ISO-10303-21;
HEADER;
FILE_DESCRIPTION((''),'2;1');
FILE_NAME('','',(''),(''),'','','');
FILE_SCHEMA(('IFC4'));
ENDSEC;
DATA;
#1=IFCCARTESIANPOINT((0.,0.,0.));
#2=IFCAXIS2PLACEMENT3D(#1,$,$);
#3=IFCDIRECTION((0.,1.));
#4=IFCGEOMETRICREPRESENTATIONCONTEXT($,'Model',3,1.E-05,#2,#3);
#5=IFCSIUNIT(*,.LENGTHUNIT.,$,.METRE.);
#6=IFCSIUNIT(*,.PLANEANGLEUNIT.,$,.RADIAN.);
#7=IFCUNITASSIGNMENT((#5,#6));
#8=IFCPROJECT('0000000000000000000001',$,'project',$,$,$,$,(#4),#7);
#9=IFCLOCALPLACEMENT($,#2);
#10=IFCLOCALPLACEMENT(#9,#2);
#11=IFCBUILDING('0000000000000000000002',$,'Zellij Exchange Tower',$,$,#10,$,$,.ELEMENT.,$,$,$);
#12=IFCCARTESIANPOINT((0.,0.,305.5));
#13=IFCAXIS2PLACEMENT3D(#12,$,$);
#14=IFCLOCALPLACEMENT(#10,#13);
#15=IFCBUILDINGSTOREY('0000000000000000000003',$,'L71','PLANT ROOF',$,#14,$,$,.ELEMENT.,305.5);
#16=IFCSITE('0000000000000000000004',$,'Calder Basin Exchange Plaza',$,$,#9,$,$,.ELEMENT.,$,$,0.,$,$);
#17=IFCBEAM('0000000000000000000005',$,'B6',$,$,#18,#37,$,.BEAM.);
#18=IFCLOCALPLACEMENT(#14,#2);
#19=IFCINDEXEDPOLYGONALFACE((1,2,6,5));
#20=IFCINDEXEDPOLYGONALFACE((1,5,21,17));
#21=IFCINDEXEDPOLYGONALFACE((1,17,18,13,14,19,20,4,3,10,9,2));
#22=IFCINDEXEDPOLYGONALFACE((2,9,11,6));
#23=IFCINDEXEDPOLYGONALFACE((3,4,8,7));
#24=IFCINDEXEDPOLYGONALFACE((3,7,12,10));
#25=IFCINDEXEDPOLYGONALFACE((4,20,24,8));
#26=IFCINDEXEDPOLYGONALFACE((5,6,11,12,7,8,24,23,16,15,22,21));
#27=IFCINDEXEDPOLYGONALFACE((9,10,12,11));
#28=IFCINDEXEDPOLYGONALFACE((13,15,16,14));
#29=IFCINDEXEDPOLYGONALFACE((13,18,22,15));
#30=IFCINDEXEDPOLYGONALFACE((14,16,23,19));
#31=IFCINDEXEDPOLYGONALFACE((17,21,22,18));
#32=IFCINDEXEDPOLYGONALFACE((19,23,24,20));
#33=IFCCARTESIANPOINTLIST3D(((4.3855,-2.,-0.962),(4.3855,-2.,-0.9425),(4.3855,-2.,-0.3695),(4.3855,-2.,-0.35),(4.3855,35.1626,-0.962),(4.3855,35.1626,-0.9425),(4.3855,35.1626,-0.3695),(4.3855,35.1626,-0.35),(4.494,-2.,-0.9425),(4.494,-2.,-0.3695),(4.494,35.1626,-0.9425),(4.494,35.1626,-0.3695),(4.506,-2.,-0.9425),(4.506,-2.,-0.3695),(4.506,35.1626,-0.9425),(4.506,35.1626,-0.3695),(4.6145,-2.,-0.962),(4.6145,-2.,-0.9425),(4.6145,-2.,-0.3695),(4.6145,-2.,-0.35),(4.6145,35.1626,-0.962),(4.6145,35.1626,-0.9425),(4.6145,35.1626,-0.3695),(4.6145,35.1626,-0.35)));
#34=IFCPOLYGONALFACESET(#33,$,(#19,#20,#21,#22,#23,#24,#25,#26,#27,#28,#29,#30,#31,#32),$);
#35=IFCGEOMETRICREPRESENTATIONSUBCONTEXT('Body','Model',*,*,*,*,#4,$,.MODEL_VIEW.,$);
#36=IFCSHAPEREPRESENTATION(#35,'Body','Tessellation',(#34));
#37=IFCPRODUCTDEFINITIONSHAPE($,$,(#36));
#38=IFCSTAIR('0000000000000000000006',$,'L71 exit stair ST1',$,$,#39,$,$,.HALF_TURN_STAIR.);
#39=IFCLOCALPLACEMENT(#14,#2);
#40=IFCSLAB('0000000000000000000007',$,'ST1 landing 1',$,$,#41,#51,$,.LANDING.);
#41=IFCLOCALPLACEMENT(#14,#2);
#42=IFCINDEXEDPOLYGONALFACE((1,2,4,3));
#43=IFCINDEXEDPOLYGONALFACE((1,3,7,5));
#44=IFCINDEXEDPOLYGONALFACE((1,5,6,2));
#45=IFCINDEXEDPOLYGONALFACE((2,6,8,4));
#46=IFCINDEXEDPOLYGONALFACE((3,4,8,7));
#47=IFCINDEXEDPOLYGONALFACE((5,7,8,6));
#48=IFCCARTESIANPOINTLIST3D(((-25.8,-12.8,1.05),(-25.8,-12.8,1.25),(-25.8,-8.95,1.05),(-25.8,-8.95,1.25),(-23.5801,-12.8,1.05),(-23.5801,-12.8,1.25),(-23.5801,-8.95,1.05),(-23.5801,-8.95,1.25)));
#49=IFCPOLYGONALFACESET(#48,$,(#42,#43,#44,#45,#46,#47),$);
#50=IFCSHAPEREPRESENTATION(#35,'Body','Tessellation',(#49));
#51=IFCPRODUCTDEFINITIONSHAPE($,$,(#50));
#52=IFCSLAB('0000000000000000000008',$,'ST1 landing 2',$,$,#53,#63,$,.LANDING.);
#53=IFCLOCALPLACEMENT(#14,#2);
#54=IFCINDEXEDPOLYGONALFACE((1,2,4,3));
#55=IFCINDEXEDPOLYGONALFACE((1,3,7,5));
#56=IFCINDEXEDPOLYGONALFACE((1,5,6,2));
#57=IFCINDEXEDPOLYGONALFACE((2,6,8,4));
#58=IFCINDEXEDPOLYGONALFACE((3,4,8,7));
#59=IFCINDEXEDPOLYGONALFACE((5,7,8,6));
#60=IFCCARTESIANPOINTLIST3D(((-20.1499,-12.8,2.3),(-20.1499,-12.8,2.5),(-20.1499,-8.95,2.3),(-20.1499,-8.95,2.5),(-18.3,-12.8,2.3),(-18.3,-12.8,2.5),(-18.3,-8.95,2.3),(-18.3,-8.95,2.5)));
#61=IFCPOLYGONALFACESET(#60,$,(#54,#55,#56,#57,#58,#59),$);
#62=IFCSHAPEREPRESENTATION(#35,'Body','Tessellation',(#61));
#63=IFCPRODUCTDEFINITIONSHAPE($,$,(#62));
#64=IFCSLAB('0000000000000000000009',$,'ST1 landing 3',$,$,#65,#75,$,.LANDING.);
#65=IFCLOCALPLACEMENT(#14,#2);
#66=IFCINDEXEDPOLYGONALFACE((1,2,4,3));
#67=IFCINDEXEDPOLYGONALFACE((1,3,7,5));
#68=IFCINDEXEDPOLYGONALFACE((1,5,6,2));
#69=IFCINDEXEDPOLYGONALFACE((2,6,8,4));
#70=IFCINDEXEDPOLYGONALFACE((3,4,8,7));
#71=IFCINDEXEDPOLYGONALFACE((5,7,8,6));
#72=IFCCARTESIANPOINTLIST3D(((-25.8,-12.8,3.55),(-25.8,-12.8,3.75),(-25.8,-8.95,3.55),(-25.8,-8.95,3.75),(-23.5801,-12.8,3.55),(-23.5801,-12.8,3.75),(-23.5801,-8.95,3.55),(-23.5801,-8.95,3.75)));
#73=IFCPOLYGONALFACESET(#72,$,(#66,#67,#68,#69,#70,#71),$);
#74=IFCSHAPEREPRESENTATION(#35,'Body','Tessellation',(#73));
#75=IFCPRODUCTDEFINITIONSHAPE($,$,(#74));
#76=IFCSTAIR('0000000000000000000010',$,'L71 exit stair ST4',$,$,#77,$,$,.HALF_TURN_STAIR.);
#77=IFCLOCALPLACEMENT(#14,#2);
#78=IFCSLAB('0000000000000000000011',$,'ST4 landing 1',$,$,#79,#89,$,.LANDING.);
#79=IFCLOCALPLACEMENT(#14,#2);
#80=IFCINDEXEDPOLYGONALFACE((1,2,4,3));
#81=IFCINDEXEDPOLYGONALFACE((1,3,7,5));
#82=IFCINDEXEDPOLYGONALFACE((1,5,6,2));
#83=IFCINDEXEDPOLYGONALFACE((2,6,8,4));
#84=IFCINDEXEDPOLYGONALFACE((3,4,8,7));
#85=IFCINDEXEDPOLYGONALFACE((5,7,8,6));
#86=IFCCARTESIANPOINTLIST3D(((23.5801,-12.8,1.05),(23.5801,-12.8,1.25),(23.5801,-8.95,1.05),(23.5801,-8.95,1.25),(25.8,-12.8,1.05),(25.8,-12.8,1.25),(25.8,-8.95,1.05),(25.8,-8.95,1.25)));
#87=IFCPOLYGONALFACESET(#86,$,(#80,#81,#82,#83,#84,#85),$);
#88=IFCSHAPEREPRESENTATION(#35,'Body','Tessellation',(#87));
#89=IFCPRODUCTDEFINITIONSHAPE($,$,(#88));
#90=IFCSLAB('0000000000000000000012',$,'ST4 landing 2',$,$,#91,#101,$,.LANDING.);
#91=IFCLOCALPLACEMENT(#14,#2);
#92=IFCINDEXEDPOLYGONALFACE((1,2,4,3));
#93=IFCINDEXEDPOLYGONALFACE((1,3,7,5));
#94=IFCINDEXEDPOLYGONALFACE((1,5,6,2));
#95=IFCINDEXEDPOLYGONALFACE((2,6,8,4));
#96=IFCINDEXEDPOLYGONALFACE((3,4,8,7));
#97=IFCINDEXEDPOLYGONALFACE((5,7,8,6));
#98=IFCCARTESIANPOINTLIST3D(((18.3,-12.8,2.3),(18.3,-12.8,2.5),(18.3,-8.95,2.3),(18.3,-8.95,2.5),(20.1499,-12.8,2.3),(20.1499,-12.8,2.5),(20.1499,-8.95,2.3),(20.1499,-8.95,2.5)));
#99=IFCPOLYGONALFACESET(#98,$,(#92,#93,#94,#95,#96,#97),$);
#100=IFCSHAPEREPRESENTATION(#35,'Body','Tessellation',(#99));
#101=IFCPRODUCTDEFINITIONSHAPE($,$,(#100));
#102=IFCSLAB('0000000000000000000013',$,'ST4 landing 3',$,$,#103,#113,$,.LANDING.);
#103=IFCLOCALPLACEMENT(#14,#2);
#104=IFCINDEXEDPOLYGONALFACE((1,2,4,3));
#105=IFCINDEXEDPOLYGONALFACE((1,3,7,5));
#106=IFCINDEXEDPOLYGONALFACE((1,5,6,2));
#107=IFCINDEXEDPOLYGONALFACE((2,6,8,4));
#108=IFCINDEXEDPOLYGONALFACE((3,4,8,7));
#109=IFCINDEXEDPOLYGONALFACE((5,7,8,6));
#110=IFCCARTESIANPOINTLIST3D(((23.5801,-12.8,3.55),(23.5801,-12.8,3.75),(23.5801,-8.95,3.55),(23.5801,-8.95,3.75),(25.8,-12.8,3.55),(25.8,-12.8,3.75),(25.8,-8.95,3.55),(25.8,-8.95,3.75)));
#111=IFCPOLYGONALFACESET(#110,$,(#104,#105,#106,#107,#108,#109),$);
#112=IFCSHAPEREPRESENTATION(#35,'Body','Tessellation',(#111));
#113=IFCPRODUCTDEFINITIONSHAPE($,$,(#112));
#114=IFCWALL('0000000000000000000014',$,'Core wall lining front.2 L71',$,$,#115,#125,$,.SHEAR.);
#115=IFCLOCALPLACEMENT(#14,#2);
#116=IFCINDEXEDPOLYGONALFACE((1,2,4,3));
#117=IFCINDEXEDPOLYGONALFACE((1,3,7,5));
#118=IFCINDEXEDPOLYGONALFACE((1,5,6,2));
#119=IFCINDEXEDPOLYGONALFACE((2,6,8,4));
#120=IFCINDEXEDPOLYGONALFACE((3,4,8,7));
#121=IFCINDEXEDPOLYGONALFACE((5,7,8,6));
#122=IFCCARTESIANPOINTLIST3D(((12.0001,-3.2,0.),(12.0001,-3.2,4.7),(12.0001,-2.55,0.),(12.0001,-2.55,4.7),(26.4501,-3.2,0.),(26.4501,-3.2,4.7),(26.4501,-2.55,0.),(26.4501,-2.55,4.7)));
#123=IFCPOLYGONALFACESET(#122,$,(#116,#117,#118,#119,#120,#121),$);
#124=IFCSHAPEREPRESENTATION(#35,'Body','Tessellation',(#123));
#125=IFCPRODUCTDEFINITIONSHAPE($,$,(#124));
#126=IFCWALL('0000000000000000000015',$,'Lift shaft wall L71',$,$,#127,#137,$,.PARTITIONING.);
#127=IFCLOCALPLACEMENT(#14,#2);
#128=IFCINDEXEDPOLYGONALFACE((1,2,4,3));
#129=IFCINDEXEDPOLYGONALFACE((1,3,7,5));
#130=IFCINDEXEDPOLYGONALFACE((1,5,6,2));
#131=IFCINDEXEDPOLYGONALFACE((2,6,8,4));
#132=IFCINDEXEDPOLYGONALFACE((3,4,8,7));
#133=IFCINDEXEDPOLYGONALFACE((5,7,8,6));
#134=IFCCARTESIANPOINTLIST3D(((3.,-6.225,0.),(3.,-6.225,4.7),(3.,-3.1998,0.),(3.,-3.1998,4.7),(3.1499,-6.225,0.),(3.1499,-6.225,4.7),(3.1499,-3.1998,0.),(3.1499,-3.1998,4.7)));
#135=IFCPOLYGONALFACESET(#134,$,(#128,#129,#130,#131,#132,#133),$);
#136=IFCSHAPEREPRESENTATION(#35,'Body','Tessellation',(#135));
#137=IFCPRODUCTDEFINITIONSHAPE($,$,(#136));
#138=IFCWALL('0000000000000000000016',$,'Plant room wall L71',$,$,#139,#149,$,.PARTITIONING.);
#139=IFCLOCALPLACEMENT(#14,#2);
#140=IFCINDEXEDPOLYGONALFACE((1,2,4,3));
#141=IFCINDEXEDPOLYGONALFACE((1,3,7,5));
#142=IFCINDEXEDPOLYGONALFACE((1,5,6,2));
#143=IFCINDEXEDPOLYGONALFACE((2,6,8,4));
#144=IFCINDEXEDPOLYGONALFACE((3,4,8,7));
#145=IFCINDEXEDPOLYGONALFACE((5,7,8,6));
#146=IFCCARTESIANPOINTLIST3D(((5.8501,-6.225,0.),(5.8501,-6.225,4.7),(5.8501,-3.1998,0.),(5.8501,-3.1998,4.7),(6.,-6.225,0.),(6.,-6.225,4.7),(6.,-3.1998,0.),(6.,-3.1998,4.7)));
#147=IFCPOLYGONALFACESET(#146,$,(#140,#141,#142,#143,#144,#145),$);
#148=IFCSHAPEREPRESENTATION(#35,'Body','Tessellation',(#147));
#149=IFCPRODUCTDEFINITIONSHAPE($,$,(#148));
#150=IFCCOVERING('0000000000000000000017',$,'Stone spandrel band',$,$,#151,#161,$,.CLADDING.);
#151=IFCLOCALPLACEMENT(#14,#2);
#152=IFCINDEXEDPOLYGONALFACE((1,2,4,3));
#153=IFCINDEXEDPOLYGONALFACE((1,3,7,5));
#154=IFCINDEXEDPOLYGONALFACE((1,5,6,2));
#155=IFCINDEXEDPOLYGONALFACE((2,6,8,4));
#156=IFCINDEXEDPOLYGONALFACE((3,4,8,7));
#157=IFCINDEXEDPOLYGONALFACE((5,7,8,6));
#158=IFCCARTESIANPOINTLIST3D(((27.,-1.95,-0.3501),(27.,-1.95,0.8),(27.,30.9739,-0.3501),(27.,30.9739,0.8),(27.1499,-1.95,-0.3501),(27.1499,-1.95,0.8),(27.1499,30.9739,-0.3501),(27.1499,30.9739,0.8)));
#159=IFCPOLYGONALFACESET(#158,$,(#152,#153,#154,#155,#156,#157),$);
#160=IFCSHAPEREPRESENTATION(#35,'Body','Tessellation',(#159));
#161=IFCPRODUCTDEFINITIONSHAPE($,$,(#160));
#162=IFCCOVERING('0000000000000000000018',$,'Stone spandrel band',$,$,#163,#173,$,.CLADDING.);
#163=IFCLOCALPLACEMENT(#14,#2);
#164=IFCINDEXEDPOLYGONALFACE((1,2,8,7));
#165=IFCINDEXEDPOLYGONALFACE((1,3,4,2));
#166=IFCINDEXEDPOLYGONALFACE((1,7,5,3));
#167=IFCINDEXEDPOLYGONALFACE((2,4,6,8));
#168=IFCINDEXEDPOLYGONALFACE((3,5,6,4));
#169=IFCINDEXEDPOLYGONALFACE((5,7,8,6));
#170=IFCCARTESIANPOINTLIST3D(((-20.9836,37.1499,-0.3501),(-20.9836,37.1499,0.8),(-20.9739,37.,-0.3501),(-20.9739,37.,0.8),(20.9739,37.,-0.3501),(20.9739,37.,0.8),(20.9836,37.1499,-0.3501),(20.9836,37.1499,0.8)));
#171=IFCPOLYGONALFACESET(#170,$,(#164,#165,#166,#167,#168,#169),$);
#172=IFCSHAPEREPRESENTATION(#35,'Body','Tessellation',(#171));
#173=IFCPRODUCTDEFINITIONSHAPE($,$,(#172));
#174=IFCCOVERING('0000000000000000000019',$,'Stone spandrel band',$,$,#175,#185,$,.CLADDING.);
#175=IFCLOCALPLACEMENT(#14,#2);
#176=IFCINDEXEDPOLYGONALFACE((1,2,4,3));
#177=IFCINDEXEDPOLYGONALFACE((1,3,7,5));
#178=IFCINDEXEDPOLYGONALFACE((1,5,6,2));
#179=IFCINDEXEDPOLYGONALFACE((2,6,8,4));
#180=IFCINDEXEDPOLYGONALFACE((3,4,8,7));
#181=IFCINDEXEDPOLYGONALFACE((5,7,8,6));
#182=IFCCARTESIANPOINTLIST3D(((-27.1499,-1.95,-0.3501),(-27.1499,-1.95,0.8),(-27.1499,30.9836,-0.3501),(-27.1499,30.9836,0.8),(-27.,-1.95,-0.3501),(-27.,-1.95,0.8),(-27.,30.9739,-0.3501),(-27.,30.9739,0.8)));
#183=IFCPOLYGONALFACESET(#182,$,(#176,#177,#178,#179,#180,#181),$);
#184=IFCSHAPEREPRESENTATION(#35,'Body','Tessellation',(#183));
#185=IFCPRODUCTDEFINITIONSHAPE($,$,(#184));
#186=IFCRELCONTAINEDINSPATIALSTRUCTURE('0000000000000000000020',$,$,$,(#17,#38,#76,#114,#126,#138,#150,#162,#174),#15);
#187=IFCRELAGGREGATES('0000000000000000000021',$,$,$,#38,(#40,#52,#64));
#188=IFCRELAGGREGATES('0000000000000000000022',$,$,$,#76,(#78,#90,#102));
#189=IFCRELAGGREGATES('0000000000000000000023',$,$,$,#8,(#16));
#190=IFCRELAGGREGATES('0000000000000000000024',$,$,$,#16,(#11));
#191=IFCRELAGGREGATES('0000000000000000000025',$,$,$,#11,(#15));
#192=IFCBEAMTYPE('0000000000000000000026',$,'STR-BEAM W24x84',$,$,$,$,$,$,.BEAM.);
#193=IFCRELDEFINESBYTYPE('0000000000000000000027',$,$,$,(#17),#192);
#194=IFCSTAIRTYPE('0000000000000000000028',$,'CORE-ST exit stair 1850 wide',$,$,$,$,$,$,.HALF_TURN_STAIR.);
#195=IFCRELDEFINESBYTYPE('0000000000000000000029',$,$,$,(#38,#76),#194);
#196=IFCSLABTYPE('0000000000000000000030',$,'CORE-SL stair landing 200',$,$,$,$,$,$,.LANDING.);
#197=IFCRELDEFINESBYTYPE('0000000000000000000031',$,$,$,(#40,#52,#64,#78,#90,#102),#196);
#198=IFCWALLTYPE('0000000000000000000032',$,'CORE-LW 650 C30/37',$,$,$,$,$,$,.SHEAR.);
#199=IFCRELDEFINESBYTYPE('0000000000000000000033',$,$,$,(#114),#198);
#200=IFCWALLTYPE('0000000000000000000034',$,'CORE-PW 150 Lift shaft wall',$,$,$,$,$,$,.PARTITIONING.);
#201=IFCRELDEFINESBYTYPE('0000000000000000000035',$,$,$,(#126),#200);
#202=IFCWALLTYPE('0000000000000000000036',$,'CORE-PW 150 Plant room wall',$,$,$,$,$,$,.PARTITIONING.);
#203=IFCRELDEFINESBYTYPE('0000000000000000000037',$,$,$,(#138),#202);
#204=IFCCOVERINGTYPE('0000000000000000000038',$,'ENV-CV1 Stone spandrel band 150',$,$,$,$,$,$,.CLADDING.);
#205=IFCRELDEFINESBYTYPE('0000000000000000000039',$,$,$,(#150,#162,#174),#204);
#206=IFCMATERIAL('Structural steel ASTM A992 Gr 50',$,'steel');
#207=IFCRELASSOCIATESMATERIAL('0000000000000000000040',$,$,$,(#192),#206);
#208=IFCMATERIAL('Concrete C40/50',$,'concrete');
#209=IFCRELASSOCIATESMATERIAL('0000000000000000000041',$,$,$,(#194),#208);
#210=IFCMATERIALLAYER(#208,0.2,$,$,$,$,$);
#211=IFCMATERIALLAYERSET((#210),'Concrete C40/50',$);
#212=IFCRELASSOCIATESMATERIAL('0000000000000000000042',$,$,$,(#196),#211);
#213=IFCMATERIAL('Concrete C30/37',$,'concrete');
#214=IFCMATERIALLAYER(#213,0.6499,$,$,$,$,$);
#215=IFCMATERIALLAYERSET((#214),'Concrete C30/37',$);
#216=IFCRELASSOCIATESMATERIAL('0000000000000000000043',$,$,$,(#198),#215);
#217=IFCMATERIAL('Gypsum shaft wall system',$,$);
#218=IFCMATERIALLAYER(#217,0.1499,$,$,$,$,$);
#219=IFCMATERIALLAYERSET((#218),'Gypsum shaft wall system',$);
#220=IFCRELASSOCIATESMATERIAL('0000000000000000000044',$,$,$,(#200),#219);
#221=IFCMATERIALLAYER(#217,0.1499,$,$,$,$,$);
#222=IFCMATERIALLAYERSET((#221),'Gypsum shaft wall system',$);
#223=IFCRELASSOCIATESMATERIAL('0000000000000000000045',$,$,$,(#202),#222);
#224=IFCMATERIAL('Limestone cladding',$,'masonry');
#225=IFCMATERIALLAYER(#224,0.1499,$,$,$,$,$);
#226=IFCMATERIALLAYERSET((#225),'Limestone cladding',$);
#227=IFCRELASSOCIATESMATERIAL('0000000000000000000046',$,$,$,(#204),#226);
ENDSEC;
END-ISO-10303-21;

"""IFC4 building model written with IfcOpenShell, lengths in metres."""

from ifc_helpers import new_model, si_unit, direction, frame, frame_2d, origin, origin_2d, place, context, subcontext, project, spatial, polyline, rectangle, i_section, outline, extrude, material, layer, layer_set, material_profile, profile_set, type_object, element, aggregate, save


model = new_model("IFC4")

# Units and contexts
model_context = context("Model", 3, precision=1e-05, world=origin(), true_north=direction((0.0, 1.0)))
body_context = subcontext(model_context, "Body", "Model", "MODEL_VIEW")
ifc_project = project(units=[si_unit("LENGTHUNIT", "METRE"), si_unit("PLANEANGLEUNIT", "RADIAN")], contexts=[model_context])

# Site, building, storey
site_placement = place(None, origin())
site = spatial("IfcSite", under=ifc_project, at=site_placement, Name="Calder Basin Exchange Plaza", CompositionType="ELEMENT", RefElevation=0.0)
building_placement = place(site_placement, origin())
building = spatial("IfcBuilding", under=site, at=building_placement, Name="Zellij Exchange Tower", CompositionType="ELEMENT")
storey_placement = place(building_placement, frame((0.0, 0.0, 305.5)))
storey = spatial("IfcBuildingStorey", under=building, at=storey_placement, Name="L71", Description="PLANT ROOF", CompositionType="ELEMENT", Elevation=305.5)

# Beam
ifc_material_1 = material(Name="Structural steel ASTM A992 Gr 50", Category="steel")
ifc_material_profile = material_profile(ifc_material_1, i_section(OverallWidth=0.229, OverallDepth=0.6121, WebThickness=0.012, FlangeThickness=0.0195, at=origin_2d()), Name="W24x84")
ifc_profile_set = profile_set([ifc_material_profile], Name="Structural steel ASTM A992 Gr 50")
beam_type = type_object("IfcBeamType", Name="STR-BEAM W24x84", PredefinedType="BEAM", material=ifc_profile_set)
beam_placement = place(storey_placement, frame((4.5, -2.0, -0.656), z_axis=(0.0, 1.0, 0.0), x_axis=(-1.0, 0.0, 0.0)))
element("IfcBeam", 1, at=beam_placement, inside=storey, type_object=beam_type, Name="B6", PredefinedType="BEAM", context=body_context, shape_type="SweptSolid", body=[
    extrude(i_section(OverallWidth=0.229, OverallDepth=0.6121, WebThickness=0.012, FlangeThickness=0.0195, at=origin_2d()), origin(), (0.0, 0.0, 1.0), 37.1626),
])

# Stairs, slabs
ifc_material_2 = material(Name="Concrete C40/50", Category="concrete")
stair_type = type_object("IfcStairType", Name="CORE-ST exit stair 1850 wide", PredefinedType="HALF_TURN_STAIR", material=ifc_material_2)
stair_1_placement = place(storey_placement, origin())
stair_1 = element("IfcStair", 2, at=stair_1_placement, inside=storey, type_object=stair_type, Name="L71 exit stair ST1", PredefinedType="HALF_TURN_STAIR")
ifc_layer_1 = layer(ifc_material_2, 0.2)
ifc_layer_set_1 = layer_set([ifc_layer_1], Name="Concrete C40/50")
slab_type = type_object("IfcSlabType", Name="CORE-SL stair landing 200", PredefinedType="LANDING", material=ifc_layer_set_1)
slab_1_placement = place(storey_placement, frame((0.0, 0.0, 1.05)))
slab_1 = element("IfcSlab", 3, at=slab_1_placement, type_object=slab_type, Name="ST1 landing 1", PredefinedType="LANDING", context=body_context, shape_type="SweptSolid", body=[
    extrude(outline(polyline([(-23.5801, -8.95), (-25.8, -8.95), (-25.8, -12.8), (-23.5801, -12.8), (-23.5801, -8.95)])), origin(), (0.0, 0.0, 1.0), 0.2),
])
slab_2_placement = place(storey_placement, frame((0.0, 0.0, 2.3)))
slab_2 = element("IfcSlab", 4, at=slab_2_placement, type_object=slab_type, Name="ST1 landing 2", PredefinedType="LANDING", context=body_context, shape_type="SweptSolid", body=[
    extrude(outline(polyline([(-18.3, -8.95), (-20.1499, -8.95), (-20.1499, -12.8), (-18.3, -12.8), (-18.3, -8.95)])), origin(), (0.0, 0.0, 1.0), 0.2),
])
slab_3_placement = place(storey_placement, frame((0.0, 0.0, 3.55)))
slab_3 = element("IfcSlab", 5, at=slab_3_placement, type_object=slab_type, Name="ST1 landing 3", PredefinedType="LANDING", context=body_context, shape_type="SweptSolid", body=[
    extrude(outline(polyline([(-23.5801, -8.95), (-25.8, -8.95), (-25.8, -12.8), (-23.5801, -12.8), (-23.5801, -8.95)])), origin(), (0.0, 0.0, 1.0), 0.2),
])
aggregate(stair_1, [slab_1, slab_2, slab_3])
stair_2_placement = place(storey_placement, origin())
stair_2 = element("IfcStair", 6, at=stair_2_placement, inside=storey, type_object=stair_type, Name="L71 exit stair ST4", PredefinedType="HALF_TURN_STAIR")
slab_4_placement = place(storey_placement, frame((0.0, 0.0, 1.05)))
slab_4 = element("IfcSlab", 7, at=slab_4_placement, type_object=slab_type, Name="ST4 landing 1", PredefinedType="LANDING", context=body_context, shape_type="SweptSolid", body=[
    extrude(outline(polyline([(23.5801, -12.8), (25.8, -12.8), (25.8, -8.95), (23.5801, -8.95), (23.5801, -12.8)])), origin(), (0.0, 0.0, 1.0), 0.2),
])
slab_5_placement = place(storey_placement, frame((0.0, 0.0, 2.3)))
slab_5 = element("IfcSlab", 8, at=slab_5_placement, type_object=slab_type, Name="ST4 landing 2", PredefinedType="LANDING", context=body_context, shape_type="SweptSolid", body=[
    extrude(outline(polyline([(18.3, -12.8), (20.1499, -12.8), (20.1499, -8.95), (18.3, -8.95), (18.3, -12.8)])), origin(), (0.0, 0.0, 1.0), 0.2),
])
slab_6_placement = place(storey_placement, frame((0.0, 0.0, 3.55)))
slab_6 = element("IfcSlab", 9, at=slab_6_placement, type_object=slab_type, Name="ST4 landing 3", PredefinedType="LANDING", context=body_context, shape_type="SweptSolid", body=[
    extrude(outline(polyline([(23.5801, -12.8), (25.8, -12.8), (25.8, -8.95), (23.5801, -8.95), (23.5801, -12.8)])), origin(), (0.0, 0.0, 1.0), 0.2),
])
aggregate(stair_2, [slab_4, slab_5, slab_6])

# Walls
ifc_material_3 = material(Name="Concrete C30/37", Category="concrete")
ifc_layer_2 = layer(ifc_material_3, 0.6499)
ifc_layer_set_2 = layer_set([ifc_layer_2], Name="Concrete C30/37")
wall_type_1 = type_object("IfcWallType", Name="CORE-LW 650 C30/37", PredefinedType="SHEAR", material=ifc_layer_set_2)
wall_1_placement = place(storey_placement, frame((12.0, -2.875, 0.0), z_axis=(0.0, 0.0, 1.0), x_axis=(1.0, 0.0, 0.0)))
element("IfcWall", 10, at=wall_1_placement, inside=storey, type_object=wall_type_1, Name="Core wall lining front.2 L71", PredefinedType="SHEAR", context=body_context, shape_type="SweptSolid", body=[
    extrude(rectangle(XDim=14.45, YDim=0.6499, at=frame_2d((7.2251, 0.0))), origin(), (0.0, 0.0, 1.0), 4.7),
])
ifc_material_4 = material(Name="Gypsum shaft wall system")
ifc_layer_3 = layer(ifc_material_4, 0.1499)
ifc_layer_set_3 = layer_set([ifc_layer_3], Name="Gypsum shaft wall system")
wall_type_2 = type_object("IfcWallType", Name="CORE-PW 150 Lift shaft wall", PredefinedType="PARTITIONING", material=ifc_layer_set_3)
wall_2_placement = place(storey_placement, frame((3.075, -6.2251, 0.0), z_axis=(0.0, 0.0, 1.0), x_axis=(0.0, 1.0, 0.0)))
element("IfcWall", 11, at=wall_2_placement, inside=storey, type_object=wall_type_2, Name="Lift shaft wall L71", PredefinedType="PARTITIONING", context=body_context, shape_type="SweptSolid", body=[
    extrude(rectangle(XDim=3.0251, YDim=0.1499, at=frame_2d((1.5127, 0.0))), origin(), (0.0, 0.0, 1.0), 4.7),
])
ifc_layer_4 = layer(ifc_material_4, 0.1499)
ifc_layer_set_4 = layer_set([ifc_layer_4], Name="Gypsum shaft wall system")
wall_type_3 = type_object("IfcWallType", Name="CORE-PW 150 Plant room wall", PredefinedType="PARTITIONING", material=ifc_layer_set_4)
wall_3_placement = place(storey_placement, frame((5.925, -6.2251, 0.0), z_axis=(0.0, 0.0, 1.0), x_axis=(0.0, 1.0, 0.0)))
element("IfcWall", 12, at=wall_3_placement, inside=storey, type_object=wall_type_3, Name="Plant room wall L71", PredefinedType="PARTITIONING", context=body_context, shape_type="SweptSolid", body=[
    extrude(rectangle(XDim=3.0251, YDim=0.1499, at=frame_2d((1.5127, 0.0))), origin(), (0.0, 0.0, 1.0), 4.7),
])

# Coverings
ifc_material_5 = material(Name="Limestone cladding", Category="masonry")
ifc_layer_5 = layer(ifc_material_5, 0.1499)
ifc_layer_set_5 = layer_set([ifc_layer_5], Name="Limestone cladding")
covering_type_1 = type_object("IfcCoveringType", Name="ENV-CV1 Stone spandrel band 150", PredefinedType="CLADDING", material=ifc_layer_set_5)
covering_1_placement = place(storey_placement, frame((0.0, 0.0, -0.3501)))
element("IfcCovering", 13, at=covering_1_placement, inside=storey, type_object=covering_type_1, Name="Stone spandrel band", PredefinedType="CLADDING", context=body_context, shape_type="SweptSolid", body=[
    extrude(outline(polyline([(27.0, -1.95), (27.0, 30.9739), (27.1499, 30.9739), (27.1499, -1.95), (27.0, -1.95)])), origin(), (0.0, 0.0, 1.0), 1.1501),
])
covering_2_placement = place(storey_placement, frame((0.0, 0.0, -0.3501)))
element("IfcCovering", 14, at=covering_2_placement, inside=storey, type_object=covering_type_1, Name="Stone spandrel band", PredefinedType="CLADDING", context=body_context, shape_type="SweptSolid", body=[
    extrude(outline(polyline([(20.9739, 37.0), (-20.9739, 37.0), (-20.9836, 37.1499), (20.9836, 37.1499), (20.9739, 37.0)])), origin(), (0.0, 0.0, 1.0), 1.1501),
])
covering_3_placement = place(storey_placement, frame((0.0, 0.0, -0.3501)))
element("IfcCovering", 15, at=covering_3_placement, inside=storey, type_object=covering_type_1, Name="Stone spandrel band", PredefinedType="CLADDING", context=body_context, shape_type="SweptSolid", body=[
    extrude(outline(polyline([(-27.0, 30.9739), (-27.0, -1.95), (-27.1499, -1.95), (-27.1499, 30.9836), (-27.0, 30.9739)])), origin(), (0.0, 0.0, 1.0), 1.1501),
])

save(model, "model.ifc")
